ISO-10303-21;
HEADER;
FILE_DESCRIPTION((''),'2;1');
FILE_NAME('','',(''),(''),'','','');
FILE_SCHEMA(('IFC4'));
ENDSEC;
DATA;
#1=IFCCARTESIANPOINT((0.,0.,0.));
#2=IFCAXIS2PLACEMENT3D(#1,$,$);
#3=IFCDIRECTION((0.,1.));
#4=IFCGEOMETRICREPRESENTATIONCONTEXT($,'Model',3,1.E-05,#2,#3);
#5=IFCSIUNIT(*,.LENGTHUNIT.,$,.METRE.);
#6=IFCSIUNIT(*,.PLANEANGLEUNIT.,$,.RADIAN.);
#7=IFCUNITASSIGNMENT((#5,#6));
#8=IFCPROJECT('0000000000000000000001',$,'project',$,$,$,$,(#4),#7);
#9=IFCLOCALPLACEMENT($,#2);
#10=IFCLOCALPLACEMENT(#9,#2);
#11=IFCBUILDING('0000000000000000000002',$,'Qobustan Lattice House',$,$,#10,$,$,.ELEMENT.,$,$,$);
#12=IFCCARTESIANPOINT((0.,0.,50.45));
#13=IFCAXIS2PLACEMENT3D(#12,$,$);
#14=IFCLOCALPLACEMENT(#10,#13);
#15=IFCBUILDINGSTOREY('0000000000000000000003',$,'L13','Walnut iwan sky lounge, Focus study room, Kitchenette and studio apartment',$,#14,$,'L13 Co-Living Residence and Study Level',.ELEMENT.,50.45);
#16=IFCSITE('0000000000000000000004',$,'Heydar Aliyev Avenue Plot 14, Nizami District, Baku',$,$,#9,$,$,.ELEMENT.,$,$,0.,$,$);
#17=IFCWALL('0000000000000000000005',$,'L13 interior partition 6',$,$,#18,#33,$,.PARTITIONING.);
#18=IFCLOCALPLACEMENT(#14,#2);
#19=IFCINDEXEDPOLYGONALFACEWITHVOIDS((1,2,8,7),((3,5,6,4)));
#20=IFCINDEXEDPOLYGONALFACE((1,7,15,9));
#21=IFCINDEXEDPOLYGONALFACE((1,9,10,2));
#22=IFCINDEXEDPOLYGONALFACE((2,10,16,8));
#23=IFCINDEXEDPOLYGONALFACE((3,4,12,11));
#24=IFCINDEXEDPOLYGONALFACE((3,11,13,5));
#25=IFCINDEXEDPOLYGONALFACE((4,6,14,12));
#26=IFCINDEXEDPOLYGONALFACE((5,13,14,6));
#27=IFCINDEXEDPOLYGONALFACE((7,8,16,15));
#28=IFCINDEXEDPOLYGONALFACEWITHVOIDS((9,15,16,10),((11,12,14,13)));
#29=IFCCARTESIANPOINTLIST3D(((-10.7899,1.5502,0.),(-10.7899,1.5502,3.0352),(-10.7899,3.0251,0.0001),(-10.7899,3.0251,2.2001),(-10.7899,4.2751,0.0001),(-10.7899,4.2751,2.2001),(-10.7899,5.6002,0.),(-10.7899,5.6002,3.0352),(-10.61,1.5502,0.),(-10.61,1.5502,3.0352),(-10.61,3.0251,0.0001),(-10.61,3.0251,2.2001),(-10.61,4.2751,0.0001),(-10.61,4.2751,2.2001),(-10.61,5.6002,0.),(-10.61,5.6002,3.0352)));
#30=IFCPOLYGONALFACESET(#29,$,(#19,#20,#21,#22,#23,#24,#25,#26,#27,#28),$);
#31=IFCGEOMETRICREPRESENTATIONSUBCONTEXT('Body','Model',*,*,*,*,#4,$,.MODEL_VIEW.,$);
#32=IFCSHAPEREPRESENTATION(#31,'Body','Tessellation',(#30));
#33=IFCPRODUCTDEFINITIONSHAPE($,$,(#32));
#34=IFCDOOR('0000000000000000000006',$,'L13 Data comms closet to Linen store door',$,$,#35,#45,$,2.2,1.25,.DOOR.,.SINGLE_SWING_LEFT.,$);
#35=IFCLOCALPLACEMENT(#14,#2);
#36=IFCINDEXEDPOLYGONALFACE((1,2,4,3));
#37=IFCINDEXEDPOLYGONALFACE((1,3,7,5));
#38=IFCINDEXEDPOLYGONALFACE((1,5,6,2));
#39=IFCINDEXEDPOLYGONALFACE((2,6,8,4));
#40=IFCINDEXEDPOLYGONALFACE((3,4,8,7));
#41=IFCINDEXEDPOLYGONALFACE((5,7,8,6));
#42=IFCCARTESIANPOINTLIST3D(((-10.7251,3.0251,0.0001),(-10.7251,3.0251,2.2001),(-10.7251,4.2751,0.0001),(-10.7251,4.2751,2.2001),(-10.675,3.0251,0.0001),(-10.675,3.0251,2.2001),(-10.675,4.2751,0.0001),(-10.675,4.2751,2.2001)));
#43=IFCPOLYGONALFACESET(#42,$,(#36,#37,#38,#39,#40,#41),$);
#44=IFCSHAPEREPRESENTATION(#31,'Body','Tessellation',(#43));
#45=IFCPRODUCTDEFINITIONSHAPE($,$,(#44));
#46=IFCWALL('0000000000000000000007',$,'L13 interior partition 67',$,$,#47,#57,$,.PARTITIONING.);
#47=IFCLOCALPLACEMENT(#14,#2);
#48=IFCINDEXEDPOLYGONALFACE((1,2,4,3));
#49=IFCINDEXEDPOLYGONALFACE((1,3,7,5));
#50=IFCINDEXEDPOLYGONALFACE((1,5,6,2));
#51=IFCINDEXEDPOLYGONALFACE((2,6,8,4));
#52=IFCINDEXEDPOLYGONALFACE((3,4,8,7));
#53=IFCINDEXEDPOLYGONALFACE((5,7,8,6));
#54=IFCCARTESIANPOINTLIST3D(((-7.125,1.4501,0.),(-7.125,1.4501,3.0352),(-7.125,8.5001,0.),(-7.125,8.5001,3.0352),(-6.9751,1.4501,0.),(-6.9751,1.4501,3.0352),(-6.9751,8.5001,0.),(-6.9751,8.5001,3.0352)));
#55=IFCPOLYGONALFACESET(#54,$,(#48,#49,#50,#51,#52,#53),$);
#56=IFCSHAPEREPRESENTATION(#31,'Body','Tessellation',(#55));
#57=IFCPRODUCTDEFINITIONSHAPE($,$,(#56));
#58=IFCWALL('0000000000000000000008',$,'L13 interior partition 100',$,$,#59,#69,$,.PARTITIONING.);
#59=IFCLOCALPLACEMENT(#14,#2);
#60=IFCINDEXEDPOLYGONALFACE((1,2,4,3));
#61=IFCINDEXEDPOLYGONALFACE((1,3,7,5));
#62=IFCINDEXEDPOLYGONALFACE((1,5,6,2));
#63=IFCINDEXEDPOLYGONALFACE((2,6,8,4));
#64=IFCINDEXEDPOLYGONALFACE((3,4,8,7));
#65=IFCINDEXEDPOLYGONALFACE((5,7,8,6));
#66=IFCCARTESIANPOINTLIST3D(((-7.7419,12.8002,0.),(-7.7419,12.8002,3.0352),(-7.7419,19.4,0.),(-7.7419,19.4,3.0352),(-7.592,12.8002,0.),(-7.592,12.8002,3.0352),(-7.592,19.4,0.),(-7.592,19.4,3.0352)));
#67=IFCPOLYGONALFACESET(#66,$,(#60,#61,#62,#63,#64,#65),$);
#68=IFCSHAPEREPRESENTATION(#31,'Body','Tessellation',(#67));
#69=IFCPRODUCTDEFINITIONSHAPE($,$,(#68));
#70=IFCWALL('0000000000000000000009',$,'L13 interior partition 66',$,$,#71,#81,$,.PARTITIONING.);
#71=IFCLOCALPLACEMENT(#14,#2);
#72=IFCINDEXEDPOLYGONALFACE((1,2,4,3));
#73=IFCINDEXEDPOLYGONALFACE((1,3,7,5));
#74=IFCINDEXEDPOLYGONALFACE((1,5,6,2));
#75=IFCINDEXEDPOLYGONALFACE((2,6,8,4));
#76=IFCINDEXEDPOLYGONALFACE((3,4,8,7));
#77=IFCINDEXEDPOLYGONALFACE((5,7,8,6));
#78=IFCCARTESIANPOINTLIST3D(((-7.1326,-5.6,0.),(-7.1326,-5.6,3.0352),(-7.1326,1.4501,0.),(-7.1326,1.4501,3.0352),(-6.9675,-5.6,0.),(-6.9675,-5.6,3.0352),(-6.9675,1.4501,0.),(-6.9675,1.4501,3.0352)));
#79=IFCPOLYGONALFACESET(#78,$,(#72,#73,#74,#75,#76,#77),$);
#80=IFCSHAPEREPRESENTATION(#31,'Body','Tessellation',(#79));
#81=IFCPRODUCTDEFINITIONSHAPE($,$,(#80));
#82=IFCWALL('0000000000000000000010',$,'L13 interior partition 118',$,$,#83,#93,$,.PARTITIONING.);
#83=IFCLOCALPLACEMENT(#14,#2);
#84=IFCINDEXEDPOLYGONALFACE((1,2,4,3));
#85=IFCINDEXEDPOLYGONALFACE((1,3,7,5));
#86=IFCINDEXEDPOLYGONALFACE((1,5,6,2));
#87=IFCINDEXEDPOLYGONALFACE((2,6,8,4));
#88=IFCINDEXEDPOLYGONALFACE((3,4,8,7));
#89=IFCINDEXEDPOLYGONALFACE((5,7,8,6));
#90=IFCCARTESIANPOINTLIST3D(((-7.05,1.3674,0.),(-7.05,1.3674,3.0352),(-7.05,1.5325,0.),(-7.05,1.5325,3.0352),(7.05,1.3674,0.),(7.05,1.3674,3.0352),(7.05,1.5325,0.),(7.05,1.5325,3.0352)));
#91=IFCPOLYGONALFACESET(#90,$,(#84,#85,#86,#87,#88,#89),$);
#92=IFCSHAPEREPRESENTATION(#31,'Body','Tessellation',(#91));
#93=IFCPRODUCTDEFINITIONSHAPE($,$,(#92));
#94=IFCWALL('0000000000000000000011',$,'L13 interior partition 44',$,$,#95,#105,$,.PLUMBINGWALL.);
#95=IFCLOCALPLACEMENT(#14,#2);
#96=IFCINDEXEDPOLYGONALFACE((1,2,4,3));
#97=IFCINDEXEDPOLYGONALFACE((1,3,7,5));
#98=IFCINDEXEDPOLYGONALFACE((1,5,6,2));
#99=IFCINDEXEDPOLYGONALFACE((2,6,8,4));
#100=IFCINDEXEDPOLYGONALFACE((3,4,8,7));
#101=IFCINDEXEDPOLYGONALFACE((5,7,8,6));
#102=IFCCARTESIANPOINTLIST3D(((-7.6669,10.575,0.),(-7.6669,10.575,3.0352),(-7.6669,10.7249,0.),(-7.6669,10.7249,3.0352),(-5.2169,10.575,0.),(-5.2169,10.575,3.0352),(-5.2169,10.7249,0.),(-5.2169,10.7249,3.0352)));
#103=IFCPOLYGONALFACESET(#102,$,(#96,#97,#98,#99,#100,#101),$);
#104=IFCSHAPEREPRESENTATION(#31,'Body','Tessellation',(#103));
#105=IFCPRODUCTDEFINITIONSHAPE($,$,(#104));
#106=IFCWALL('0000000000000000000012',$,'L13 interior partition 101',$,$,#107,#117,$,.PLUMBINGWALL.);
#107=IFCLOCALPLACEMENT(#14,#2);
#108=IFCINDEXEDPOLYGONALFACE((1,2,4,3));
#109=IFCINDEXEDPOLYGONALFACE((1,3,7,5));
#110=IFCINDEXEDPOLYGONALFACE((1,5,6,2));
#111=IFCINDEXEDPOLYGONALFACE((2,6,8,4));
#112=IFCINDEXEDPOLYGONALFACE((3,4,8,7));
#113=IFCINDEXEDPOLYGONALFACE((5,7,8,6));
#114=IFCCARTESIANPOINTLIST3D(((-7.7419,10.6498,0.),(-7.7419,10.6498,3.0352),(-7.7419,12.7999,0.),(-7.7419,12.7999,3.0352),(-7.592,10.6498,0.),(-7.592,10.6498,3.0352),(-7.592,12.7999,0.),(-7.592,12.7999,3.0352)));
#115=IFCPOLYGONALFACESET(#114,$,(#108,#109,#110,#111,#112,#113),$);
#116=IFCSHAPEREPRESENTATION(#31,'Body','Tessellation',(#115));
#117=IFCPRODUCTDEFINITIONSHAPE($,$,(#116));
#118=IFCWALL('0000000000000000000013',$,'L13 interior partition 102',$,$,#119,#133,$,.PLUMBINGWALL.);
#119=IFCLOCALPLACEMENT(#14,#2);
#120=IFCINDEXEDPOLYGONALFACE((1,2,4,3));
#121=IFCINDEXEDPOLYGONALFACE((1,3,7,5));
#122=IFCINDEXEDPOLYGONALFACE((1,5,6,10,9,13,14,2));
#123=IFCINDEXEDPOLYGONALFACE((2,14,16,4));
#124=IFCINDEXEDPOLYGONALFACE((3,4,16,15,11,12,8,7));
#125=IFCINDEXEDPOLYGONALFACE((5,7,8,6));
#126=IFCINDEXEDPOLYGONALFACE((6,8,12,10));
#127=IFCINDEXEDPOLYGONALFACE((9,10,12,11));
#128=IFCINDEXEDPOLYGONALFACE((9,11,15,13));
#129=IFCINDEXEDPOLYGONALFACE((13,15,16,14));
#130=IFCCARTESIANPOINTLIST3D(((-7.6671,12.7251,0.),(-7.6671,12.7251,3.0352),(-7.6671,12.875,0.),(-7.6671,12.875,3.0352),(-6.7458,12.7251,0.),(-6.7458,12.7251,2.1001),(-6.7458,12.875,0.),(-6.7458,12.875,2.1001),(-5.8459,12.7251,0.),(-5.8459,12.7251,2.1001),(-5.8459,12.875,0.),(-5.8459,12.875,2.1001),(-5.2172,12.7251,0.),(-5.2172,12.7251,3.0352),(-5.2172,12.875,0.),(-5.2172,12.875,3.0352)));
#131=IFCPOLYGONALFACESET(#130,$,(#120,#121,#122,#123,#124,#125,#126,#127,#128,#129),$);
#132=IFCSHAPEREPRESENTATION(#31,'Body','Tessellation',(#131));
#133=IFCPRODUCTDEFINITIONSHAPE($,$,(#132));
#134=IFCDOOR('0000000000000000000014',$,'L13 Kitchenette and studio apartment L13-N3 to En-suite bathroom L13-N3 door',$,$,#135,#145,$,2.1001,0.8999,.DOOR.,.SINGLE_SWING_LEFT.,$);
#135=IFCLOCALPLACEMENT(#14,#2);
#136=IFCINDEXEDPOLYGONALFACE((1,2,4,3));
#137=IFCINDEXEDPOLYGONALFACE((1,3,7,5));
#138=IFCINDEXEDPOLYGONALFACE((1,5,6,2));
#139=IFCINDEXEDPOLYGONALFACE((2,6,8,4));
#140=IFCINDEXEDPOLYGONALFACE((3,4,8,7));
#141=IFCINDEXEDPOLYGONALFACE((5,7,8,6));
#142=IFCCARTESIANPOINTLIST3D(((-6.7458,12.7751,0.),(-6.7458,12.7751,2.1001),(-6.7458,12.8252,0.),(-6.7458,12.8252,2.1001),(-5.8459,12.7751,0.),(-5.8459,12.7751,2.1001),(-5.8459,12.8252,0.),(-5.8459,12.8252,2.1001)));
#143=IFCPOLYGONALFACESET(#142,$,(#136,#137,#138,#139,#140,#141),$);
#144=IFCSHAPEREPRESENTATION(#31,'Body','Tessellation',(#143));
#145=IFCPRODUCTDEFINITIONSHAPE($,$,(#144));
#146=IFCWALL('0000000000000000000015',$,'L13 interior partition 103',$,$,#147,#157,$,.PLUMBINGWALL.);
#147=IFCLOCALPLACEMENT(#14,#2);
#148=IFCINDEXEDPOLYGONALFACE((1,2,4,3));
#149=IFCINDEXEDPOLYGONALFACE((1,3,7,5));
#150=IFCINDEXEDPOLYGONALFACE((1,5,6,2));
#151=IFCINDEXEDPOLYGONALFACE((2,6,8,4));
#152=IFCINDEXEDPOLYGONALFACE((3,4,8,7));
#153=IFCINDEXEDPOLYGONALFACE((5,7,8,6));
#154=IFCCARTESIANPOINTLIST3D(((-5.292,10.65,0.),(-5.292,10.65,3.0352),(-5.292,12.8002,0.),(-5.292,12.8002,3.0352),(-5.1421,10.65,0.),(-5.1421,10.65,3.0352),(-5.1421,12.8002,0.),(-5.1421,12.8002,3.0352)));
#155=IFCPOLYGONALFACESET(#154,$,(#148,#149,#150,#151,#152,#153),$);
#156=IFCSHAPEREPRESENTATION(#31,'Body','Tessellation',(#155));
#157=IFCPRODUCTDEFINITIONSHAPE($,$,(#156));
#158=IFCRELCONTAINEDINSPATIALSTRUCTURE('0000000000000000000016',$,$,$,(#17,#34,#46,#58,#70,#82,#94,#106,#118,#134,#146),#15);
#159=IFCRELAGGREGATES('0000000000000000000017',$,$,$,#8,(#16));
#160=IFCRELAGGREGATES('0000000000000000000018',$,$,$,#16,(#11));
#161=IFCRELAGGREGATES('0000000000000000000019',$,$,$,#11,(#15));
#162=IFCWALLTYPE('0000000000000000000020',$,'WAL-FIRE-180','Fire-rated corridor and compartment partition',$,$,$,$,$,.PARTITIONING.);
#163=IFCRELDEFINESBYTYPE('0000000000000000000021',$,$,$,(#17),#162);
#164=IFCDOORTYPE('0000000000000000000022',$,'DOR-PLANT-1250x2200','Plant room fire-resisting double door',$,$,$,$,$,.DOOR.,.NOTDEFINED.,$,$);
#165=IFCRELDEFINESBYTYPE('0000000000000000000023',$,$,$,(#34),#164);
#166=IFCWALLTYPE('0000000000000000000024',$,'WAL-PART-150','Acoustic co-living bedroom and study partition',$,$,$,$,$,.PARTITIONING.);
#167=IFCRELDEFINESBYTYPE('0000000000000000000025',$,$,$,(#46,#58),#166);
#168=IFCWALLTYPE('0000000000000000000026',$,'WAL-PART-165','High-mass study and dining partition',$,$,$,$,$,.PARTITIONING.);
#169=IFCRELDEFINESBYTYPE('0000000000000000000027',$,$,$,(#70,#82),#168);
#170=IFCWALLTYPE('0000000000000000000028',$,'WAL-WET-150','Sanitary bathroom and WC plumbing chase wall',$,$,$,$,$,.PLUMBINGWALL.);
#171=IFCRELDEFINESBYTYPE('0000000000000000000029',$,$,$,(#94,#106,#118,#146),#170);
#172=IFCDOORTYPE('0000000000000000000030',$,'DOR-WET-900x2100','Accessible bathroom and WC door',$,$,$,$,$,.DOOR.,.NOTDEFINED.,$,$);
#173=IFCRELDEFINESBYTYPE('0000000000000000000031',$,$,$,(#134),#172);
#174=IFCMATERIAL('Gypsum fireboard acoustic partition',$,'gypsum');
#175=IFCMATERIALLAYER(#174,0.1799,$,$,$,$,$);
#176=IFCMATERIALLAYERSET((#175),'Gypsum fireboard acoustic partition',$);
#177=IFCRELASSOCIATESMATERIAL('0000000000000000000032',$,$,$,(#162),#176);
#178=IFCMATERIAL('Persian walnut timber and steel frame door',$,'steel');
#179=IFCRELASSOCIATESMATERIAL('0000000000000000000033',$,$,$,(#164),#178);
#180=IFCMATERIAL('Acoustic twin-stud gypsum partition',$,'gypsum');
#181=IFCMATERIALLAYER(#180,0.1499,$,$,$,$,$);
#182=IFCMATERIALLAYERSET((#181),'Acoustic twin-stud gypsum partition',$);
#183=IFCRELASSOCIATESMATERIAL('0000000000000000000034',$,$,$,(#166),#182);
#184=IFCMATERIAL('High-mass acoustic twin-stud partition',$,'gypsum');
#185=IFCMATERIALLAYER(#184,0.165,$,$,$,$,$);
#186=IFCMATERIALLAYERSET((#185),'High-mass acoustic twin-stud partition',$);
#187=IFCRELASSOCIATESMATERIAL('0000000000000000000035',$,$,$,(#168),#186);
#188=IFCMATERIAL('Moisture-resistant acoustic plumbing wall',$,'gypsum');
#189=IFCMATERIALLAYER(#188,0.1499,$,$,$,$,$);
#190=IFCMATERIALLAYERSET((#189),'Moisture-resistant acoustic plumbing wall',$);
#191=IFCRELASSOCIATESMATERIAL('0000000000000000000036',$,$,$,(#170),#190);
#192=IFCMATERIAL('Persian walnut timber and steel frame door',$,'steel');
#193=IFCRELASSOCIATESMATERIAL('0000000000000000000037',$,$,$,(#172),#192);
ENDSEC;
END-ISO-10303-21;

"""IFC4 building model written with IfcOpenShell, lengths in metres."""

from ifc_helpers import new_model, si_unit, direction, frame, frame_2d, origin, place, context, subcontext, project, spatial, rectangle, extrude, material, layer, layer_set, type_object, element, fill, save


model = new_model("IFC4")

# Units and contexts
model_context = context("Model", 3, precision=1e-05, world=origin(), true_north=direction((0.0, 1.0)))
body_context = subcontext(model_context, "Body", "Model", "MODEL_VIEW")
ifc_project = project(units=[si_unit("LENGTHUNIT", "METRE"), si_unit("PLANEANGLEUNIT", "RADIAN")], contexts=[model_context])

# Site, building, storey
site_placement = place(None, origin())
site = spatial("IfcSite", under=ifc_project, at=site_placement, Name="Heydar Aliyev Avenue Plot 14, Nizami District, Baku", CompositionType="ELEMENT", RefElevation=0.0)
building_placement = place(site_placement, origin())
building = spatial("IfcBuilding", under=site, at=building_placement, Name="Qobustan Lattice House", CompositionType="ELEMENT")
storey_placement = place(building_placement, frame((0.0, 0.0, 50.45)))
storey = spatial("IfcBuildingStorey", under=building, at=storey_placement, Name="L13", Description="Walnut iwan sky lounge, Focus study room, Kitchenette and studio apartment", LongName="L13 Co-Living Residence and Study Level", CompositionType="ELEMENT", Elevation=50.45)

# Wall, opening, door
ifc_material_1 = material(Name="Gypsum fireboard acoustic partition", Category="gypsum")
ifc_layer_1 = layer(ifc_material_1, 0.1799)
ifc_layer_set_1 = layer_set([ifc_layer_1], Name="Gypsum fireboard acoustic partition")
wall_type_1 = type_object("IfcWallType", Name="WAL-FIRE-180", Description="Fire-rated corridor and compartment partition", PredefinedType="PARTITIONING", material=ifc_layer_set_1)
wall_1_placement = place(storey_placement, frame((-10.7, 5.6001, 0.0), z_axis=(0.0, 0.0, 1.0), x_axis=(0.0, -1.0, 0.0)))
wall_1 = element("IfcWall", 1, at=wall_1_placement, inside=storey, type_object=wall_type_1, Name="L13 interior partition 6", PredefinedType="PARTITIONING", context=body_context, shape_type="SweptSolid", body=[
    extrude(rectangle(XDim=4.05, YDim=0.1799, at=frame_2d((2.0249, 0.0))), origin(), (0.0, 0.0, 1.0), 3.0352),
])
opening_1_placement = place(wall_1_placement, frame((1.325, 0.0, 0.0)))
opening_1 = element("IfcOpeningElement", 2, at=opening_1_placement, cuts=wall_1, PredefinedType="OPENING", context=body_context, shape_type="SweptSolid", body=[
    extrude(rectangle(XDim=1.25, YDim=2.2, at=frame_2d((0.625, 1.1001))), frame((0.0, 0.0999, 0.0), z_axis=(0.0, -1.0, 0.0), x_axis=(1.0, 0.0, 0.0)), (0.0, 0.0, 1.0), 0.2),
])
ifc_material_2 = material(Name="Persian walnut timber and steel frame door", Category="steel")
door_type_1 = type_object("IfcDoorType", Name="DOR-PLANT-1250x2200", Description="Plant room fire-resisting double door", OperationType="NOTDEFINED", PredefinedType="DOOR", material=ifc_material_2)
door_1_placement = place(opening_1_placement, origin())
door_1 = element("IfcDoor", 3, at=door_1_placement, inside=storey, type_object=door_type_1, Name="L13 Data comms closet to Linen store door", OperationType="SINGLE_SWING_LEFT", OverallHeight=2.2, OverallWidth=1.25, PredefinedType="DOOR", context=body_context, shape_type="SweptSolid", body=[
    extrude(rectangle(XDim=1.25, YDim=2.2, at=frame_2d((0.625, 1.1001))), frame((0.0, 0.0249, 0.0), z_axis=(0.0, -1.0, 0.0), x_axis=(1.0, 0.0, 0.0)), (0.0, 0.0, 1.0), 0.05),
])
fill(opening_1, door_1)

# Walls
ifc_material_3 = material(Name="Acoustic twin-stud gypsum partition", Category="gypsum")
ifc_layer_2 = layer(ifc_material_3, 0.1499)
ifc_layer_set_2 = layer_set([ifc_layer_2], Name="Acoustic twin-stud gypsum partition")
wall_type_2 = type_object("IfcWallType", Name="WAL-PART-150", Description="Acoustic co-living bedroom and study partition", PredefinedType="PARTITIONING", material=ifc_layer_set_2)
wall_2_placement = place(storey_placement, frame((-7.05, 8.5, 0.0), z_axis=(0.0, 0.0, 1.0), x_axis=(0.0, -1.0, 0.0)))
element("IfcWall", 4, at=wall_2_placement, inside=storey, type_object=wall_type_2, Name="L13 interior partition 67", PredefinedType="PARTITIONING", context=body_context, shape_type="SweptSolid", body=[
    extrude(rectangle(XDim=7.05, YDim=0.1499, at=frame_2d((3.5249, 0.0))), origin(), (0.0, 0.0, 1.0), 3.0352),
])
wall_3_placement = place(storey_placement, frame((-7.667, 19.3999, 0.0), z_axis=(0.0, 0.0, 1.0), x_axis=(0.0, -1.0, 0.0)))
element("IfcWall", 5, at=wall_3_placement, inside=storey, type_object=wall_type_2, Name="L13 interior partition 100", PredefinedType="PARTITIONING", context=body_context, shape_type="SweptSolid", body=[
    extrude(rectangle(XDim=6.5999, YDim=0.1499, at=frame_2d((3.2998, 0.0))), origin(), (0.0, 0.0, 1.0), 3.0352),
])
ifc_material_4 = material(Name="High-mass acoustic twin-stud partition", Category="gypsum")
ifc_layer_3 = layer(ifc_material_4, 0.165)
ifc_layer_set_3 = layer_set([ifc_layer_3], Name="High-mass acoustic twin-stud partition")
wall_type_3 = type_object("IfcWallType", Name="WAL-PART-165", Description="High-mass study and dining partition", PredefinedType="PARTITIONING", material=ifc_layer_set_3)
wall_4_placement = place(storey_placement, frame((-7.05, 1.45, 0.0), z_axis=(0.0, 0.0, 1.0), x_axis=(0.0, -1.0, 0.0)))
element("IfcWall", 6, at=wall_4_placement, inside=storey, type_object=wall_type_3, Name="L13 interior partition 66", PredefinedType="PARTITIONING", context=body_context, shape_type="SweptSolid", body=[
    extrude(rectangle(XDim=7.05, YDim=0.165, at=frame_2d((3.5249, 0.0))), origin(), (0.0, 0.0, 1.0), 3.0352),
])
wall_5_placement = place(storey_placement, frame((-7.05, 1.45, 0.0), z_axis=(0.0, 0.0, 1.0), x_axis=(1.0, 0.0, 0.0)))
element("IfcWall", 7, at=wall_5_placement, inside=storey, type_object=wall_type_3, Name="L13 interior partition 118", PredefinedType="PARTITIONING", context=body_context, shape_type="SweptSolid", body=[
    extrude(rectangle(XDim=14.1001, YDim=0.165, at=frame_2d((7.05, 0.0))), origin(), (0.0, 0.0, 1.0), 3.0352),
])

# Walls
ifc_material_5 = material(Name="Moisture-resistant acoustic plumbing wall", Category="gypsum")
ifc_layer_4 = layer(ifc_material_5, 0.1499)
ifc_layer_set_4 = layer_set([ifc_layer_4], Name="Moisture-resistant acoustic plumbing wall")
wall_type_4 = type_object("IfcWallType", Name="WAL-WET-150", Description="Sanitary bathroom and WC plumbing chase wall", PredefinedType="PLUMBINGWALL", material=ifc_layer_set_4)
wall_6_placement = place(storey_placement, frame((-7.667, 10.6499, 0.0), z_axis=(0.0, 0.0, 1.0), x_axis=(1.0, 0.0, 0.0)))
element("IfcWall", 8, at=wall_6_placement, inside=storey, type_object=wall_type_4, Name="L13 interior partition 44", PredefinedType="PLUMBINGWALL", context=body_context, shape_type="SweptSolid", body=[
    extrude(rectangle(XDim=2.45, YDim=0.1499, at=frame_2d((1.2251, 0.0))), origin(), (0.0, 0.0, 1.0), 3.0352),
])
wall_7_placement = place(storey_placement, frame((-7.667, 12.8, 0.0), z_axis=(0.0, 0.0, 1.0), x_axis=(0.0, -1.0, 0.0)))
element("IfcWall", 9, at=wall_7_placement, inside=storey, type_object=wall_type_4, Name="L13 interior partition 101", PredefinedType="PLUMBINGWALL", context=body_context, shape_type="SweptSolid", body=[
    extrude(rectangle(XDim=2.1501, YDim=0.1499, at=frame_2d((1.0752, 0.0))), origin(), (0.0, 0.0, 1.0), 3.0352),
])

# Wall, opening, door
wall_8_placement = place(storey_placement, frame((-5.217, 12.8, 0.0), z_axis=(0.0, 0.0, 1.0), x_axis=(-1.0, 0.0, 0.0)))
wall_8 = element("IfcWall", 10, at=wall_8_placement, inside=storey, type_object=wall_type_4, Name="L13 interior partition 102", PredefinedType="PLUMBINGWALL", context=body_context, shape_type="SweptSolid", body=[
    extrude(rectangle(XDim=2.45, YDim=0.1499, at=frame_2d((1.2251, 0.0))), origin(), (0.0, 0.0, 1.0), 3.0352),
])
opening_2_placement = place(wall_8_placement, frame((0.6289, 0.0, 0.0)))
opening_2 = element("IfcOpeningElement", 11, at=opening_2_placement, cuts=wall_8, PredefinedType="OPENING", context=body_context, shape_type="SweptSolid", body=[
    extrude(rectangle(XDim=0.8999, YDim=2.1001, at=frame_2d((0.45, 1.05))), frame((0.0, 0.085, 0.0), z_axis=(0.0, -1.0, 0.0), x_axis=(1.0, 0.0, 0.0)), (0.0, 0.0, 1.0), 0.1699),
])
ifc_material_6 = material(Name="Persian walnut timber and steel frame door", Category="steel")
door_type_2 = type_object("IfcDoorType", Name="DOR-WET-900x2100", Description="Accessible bathroom and WC door", OperationType="NOTDEFINED", PredefinedType="DOOR", material=ifc_material_6)
door_2_placement = place(opening_2_placement, origin())
door_2 = element("IfcDoor", 12, at=door_2_placement, inside=storey, type_object=door_type_2, Name="L13 Kitchenette and studio apartment L13-N3 to En-suite bathroom L13-N3 door", OperationType="SINGLE_SWING_LEFT", OverallHeight=2.1001, OverallWidth=0.8999, PredefinedType="DOOR", context=body_context, shape_type="SweptSolid", body=[
    extrude(rectangle(XDim=0.8999, YDim=2.1001, at=frame_2d((0.45, 1.05))), frame((0.0, 0.0249, 0.0), z_axis=(0.0, -1.0, 0.0), x_axis=(1.0, 0.0, 0.0)), (0.0, 0.0, 1.0), 0.05),
])
fill(opening_2, door_2)

# Wall
wall_9_placement = place(storey_placement, frame((-5.217, 10.6499, 0.0), z_axis=(0.0, 0.0, 1.0), x_axis=(0.0, 1.0, 0.0)))
element("IfcWall", 13, at=wall_9_placement, inside=storey, type_object=wall_type_4, Name="L13 interior partition 103", PredefinedType="PLUMBINGWALL", context=body_context, shape_type="SweptSolid", body=[
    extrude(rectangle(XDim=2.1501, YDim=0.1499, at=frame_2d((1.0752, 0.0))), origin(), (0.0, 0.0, 1.0), 3.0352),
])

save(model, "model.ifc")
